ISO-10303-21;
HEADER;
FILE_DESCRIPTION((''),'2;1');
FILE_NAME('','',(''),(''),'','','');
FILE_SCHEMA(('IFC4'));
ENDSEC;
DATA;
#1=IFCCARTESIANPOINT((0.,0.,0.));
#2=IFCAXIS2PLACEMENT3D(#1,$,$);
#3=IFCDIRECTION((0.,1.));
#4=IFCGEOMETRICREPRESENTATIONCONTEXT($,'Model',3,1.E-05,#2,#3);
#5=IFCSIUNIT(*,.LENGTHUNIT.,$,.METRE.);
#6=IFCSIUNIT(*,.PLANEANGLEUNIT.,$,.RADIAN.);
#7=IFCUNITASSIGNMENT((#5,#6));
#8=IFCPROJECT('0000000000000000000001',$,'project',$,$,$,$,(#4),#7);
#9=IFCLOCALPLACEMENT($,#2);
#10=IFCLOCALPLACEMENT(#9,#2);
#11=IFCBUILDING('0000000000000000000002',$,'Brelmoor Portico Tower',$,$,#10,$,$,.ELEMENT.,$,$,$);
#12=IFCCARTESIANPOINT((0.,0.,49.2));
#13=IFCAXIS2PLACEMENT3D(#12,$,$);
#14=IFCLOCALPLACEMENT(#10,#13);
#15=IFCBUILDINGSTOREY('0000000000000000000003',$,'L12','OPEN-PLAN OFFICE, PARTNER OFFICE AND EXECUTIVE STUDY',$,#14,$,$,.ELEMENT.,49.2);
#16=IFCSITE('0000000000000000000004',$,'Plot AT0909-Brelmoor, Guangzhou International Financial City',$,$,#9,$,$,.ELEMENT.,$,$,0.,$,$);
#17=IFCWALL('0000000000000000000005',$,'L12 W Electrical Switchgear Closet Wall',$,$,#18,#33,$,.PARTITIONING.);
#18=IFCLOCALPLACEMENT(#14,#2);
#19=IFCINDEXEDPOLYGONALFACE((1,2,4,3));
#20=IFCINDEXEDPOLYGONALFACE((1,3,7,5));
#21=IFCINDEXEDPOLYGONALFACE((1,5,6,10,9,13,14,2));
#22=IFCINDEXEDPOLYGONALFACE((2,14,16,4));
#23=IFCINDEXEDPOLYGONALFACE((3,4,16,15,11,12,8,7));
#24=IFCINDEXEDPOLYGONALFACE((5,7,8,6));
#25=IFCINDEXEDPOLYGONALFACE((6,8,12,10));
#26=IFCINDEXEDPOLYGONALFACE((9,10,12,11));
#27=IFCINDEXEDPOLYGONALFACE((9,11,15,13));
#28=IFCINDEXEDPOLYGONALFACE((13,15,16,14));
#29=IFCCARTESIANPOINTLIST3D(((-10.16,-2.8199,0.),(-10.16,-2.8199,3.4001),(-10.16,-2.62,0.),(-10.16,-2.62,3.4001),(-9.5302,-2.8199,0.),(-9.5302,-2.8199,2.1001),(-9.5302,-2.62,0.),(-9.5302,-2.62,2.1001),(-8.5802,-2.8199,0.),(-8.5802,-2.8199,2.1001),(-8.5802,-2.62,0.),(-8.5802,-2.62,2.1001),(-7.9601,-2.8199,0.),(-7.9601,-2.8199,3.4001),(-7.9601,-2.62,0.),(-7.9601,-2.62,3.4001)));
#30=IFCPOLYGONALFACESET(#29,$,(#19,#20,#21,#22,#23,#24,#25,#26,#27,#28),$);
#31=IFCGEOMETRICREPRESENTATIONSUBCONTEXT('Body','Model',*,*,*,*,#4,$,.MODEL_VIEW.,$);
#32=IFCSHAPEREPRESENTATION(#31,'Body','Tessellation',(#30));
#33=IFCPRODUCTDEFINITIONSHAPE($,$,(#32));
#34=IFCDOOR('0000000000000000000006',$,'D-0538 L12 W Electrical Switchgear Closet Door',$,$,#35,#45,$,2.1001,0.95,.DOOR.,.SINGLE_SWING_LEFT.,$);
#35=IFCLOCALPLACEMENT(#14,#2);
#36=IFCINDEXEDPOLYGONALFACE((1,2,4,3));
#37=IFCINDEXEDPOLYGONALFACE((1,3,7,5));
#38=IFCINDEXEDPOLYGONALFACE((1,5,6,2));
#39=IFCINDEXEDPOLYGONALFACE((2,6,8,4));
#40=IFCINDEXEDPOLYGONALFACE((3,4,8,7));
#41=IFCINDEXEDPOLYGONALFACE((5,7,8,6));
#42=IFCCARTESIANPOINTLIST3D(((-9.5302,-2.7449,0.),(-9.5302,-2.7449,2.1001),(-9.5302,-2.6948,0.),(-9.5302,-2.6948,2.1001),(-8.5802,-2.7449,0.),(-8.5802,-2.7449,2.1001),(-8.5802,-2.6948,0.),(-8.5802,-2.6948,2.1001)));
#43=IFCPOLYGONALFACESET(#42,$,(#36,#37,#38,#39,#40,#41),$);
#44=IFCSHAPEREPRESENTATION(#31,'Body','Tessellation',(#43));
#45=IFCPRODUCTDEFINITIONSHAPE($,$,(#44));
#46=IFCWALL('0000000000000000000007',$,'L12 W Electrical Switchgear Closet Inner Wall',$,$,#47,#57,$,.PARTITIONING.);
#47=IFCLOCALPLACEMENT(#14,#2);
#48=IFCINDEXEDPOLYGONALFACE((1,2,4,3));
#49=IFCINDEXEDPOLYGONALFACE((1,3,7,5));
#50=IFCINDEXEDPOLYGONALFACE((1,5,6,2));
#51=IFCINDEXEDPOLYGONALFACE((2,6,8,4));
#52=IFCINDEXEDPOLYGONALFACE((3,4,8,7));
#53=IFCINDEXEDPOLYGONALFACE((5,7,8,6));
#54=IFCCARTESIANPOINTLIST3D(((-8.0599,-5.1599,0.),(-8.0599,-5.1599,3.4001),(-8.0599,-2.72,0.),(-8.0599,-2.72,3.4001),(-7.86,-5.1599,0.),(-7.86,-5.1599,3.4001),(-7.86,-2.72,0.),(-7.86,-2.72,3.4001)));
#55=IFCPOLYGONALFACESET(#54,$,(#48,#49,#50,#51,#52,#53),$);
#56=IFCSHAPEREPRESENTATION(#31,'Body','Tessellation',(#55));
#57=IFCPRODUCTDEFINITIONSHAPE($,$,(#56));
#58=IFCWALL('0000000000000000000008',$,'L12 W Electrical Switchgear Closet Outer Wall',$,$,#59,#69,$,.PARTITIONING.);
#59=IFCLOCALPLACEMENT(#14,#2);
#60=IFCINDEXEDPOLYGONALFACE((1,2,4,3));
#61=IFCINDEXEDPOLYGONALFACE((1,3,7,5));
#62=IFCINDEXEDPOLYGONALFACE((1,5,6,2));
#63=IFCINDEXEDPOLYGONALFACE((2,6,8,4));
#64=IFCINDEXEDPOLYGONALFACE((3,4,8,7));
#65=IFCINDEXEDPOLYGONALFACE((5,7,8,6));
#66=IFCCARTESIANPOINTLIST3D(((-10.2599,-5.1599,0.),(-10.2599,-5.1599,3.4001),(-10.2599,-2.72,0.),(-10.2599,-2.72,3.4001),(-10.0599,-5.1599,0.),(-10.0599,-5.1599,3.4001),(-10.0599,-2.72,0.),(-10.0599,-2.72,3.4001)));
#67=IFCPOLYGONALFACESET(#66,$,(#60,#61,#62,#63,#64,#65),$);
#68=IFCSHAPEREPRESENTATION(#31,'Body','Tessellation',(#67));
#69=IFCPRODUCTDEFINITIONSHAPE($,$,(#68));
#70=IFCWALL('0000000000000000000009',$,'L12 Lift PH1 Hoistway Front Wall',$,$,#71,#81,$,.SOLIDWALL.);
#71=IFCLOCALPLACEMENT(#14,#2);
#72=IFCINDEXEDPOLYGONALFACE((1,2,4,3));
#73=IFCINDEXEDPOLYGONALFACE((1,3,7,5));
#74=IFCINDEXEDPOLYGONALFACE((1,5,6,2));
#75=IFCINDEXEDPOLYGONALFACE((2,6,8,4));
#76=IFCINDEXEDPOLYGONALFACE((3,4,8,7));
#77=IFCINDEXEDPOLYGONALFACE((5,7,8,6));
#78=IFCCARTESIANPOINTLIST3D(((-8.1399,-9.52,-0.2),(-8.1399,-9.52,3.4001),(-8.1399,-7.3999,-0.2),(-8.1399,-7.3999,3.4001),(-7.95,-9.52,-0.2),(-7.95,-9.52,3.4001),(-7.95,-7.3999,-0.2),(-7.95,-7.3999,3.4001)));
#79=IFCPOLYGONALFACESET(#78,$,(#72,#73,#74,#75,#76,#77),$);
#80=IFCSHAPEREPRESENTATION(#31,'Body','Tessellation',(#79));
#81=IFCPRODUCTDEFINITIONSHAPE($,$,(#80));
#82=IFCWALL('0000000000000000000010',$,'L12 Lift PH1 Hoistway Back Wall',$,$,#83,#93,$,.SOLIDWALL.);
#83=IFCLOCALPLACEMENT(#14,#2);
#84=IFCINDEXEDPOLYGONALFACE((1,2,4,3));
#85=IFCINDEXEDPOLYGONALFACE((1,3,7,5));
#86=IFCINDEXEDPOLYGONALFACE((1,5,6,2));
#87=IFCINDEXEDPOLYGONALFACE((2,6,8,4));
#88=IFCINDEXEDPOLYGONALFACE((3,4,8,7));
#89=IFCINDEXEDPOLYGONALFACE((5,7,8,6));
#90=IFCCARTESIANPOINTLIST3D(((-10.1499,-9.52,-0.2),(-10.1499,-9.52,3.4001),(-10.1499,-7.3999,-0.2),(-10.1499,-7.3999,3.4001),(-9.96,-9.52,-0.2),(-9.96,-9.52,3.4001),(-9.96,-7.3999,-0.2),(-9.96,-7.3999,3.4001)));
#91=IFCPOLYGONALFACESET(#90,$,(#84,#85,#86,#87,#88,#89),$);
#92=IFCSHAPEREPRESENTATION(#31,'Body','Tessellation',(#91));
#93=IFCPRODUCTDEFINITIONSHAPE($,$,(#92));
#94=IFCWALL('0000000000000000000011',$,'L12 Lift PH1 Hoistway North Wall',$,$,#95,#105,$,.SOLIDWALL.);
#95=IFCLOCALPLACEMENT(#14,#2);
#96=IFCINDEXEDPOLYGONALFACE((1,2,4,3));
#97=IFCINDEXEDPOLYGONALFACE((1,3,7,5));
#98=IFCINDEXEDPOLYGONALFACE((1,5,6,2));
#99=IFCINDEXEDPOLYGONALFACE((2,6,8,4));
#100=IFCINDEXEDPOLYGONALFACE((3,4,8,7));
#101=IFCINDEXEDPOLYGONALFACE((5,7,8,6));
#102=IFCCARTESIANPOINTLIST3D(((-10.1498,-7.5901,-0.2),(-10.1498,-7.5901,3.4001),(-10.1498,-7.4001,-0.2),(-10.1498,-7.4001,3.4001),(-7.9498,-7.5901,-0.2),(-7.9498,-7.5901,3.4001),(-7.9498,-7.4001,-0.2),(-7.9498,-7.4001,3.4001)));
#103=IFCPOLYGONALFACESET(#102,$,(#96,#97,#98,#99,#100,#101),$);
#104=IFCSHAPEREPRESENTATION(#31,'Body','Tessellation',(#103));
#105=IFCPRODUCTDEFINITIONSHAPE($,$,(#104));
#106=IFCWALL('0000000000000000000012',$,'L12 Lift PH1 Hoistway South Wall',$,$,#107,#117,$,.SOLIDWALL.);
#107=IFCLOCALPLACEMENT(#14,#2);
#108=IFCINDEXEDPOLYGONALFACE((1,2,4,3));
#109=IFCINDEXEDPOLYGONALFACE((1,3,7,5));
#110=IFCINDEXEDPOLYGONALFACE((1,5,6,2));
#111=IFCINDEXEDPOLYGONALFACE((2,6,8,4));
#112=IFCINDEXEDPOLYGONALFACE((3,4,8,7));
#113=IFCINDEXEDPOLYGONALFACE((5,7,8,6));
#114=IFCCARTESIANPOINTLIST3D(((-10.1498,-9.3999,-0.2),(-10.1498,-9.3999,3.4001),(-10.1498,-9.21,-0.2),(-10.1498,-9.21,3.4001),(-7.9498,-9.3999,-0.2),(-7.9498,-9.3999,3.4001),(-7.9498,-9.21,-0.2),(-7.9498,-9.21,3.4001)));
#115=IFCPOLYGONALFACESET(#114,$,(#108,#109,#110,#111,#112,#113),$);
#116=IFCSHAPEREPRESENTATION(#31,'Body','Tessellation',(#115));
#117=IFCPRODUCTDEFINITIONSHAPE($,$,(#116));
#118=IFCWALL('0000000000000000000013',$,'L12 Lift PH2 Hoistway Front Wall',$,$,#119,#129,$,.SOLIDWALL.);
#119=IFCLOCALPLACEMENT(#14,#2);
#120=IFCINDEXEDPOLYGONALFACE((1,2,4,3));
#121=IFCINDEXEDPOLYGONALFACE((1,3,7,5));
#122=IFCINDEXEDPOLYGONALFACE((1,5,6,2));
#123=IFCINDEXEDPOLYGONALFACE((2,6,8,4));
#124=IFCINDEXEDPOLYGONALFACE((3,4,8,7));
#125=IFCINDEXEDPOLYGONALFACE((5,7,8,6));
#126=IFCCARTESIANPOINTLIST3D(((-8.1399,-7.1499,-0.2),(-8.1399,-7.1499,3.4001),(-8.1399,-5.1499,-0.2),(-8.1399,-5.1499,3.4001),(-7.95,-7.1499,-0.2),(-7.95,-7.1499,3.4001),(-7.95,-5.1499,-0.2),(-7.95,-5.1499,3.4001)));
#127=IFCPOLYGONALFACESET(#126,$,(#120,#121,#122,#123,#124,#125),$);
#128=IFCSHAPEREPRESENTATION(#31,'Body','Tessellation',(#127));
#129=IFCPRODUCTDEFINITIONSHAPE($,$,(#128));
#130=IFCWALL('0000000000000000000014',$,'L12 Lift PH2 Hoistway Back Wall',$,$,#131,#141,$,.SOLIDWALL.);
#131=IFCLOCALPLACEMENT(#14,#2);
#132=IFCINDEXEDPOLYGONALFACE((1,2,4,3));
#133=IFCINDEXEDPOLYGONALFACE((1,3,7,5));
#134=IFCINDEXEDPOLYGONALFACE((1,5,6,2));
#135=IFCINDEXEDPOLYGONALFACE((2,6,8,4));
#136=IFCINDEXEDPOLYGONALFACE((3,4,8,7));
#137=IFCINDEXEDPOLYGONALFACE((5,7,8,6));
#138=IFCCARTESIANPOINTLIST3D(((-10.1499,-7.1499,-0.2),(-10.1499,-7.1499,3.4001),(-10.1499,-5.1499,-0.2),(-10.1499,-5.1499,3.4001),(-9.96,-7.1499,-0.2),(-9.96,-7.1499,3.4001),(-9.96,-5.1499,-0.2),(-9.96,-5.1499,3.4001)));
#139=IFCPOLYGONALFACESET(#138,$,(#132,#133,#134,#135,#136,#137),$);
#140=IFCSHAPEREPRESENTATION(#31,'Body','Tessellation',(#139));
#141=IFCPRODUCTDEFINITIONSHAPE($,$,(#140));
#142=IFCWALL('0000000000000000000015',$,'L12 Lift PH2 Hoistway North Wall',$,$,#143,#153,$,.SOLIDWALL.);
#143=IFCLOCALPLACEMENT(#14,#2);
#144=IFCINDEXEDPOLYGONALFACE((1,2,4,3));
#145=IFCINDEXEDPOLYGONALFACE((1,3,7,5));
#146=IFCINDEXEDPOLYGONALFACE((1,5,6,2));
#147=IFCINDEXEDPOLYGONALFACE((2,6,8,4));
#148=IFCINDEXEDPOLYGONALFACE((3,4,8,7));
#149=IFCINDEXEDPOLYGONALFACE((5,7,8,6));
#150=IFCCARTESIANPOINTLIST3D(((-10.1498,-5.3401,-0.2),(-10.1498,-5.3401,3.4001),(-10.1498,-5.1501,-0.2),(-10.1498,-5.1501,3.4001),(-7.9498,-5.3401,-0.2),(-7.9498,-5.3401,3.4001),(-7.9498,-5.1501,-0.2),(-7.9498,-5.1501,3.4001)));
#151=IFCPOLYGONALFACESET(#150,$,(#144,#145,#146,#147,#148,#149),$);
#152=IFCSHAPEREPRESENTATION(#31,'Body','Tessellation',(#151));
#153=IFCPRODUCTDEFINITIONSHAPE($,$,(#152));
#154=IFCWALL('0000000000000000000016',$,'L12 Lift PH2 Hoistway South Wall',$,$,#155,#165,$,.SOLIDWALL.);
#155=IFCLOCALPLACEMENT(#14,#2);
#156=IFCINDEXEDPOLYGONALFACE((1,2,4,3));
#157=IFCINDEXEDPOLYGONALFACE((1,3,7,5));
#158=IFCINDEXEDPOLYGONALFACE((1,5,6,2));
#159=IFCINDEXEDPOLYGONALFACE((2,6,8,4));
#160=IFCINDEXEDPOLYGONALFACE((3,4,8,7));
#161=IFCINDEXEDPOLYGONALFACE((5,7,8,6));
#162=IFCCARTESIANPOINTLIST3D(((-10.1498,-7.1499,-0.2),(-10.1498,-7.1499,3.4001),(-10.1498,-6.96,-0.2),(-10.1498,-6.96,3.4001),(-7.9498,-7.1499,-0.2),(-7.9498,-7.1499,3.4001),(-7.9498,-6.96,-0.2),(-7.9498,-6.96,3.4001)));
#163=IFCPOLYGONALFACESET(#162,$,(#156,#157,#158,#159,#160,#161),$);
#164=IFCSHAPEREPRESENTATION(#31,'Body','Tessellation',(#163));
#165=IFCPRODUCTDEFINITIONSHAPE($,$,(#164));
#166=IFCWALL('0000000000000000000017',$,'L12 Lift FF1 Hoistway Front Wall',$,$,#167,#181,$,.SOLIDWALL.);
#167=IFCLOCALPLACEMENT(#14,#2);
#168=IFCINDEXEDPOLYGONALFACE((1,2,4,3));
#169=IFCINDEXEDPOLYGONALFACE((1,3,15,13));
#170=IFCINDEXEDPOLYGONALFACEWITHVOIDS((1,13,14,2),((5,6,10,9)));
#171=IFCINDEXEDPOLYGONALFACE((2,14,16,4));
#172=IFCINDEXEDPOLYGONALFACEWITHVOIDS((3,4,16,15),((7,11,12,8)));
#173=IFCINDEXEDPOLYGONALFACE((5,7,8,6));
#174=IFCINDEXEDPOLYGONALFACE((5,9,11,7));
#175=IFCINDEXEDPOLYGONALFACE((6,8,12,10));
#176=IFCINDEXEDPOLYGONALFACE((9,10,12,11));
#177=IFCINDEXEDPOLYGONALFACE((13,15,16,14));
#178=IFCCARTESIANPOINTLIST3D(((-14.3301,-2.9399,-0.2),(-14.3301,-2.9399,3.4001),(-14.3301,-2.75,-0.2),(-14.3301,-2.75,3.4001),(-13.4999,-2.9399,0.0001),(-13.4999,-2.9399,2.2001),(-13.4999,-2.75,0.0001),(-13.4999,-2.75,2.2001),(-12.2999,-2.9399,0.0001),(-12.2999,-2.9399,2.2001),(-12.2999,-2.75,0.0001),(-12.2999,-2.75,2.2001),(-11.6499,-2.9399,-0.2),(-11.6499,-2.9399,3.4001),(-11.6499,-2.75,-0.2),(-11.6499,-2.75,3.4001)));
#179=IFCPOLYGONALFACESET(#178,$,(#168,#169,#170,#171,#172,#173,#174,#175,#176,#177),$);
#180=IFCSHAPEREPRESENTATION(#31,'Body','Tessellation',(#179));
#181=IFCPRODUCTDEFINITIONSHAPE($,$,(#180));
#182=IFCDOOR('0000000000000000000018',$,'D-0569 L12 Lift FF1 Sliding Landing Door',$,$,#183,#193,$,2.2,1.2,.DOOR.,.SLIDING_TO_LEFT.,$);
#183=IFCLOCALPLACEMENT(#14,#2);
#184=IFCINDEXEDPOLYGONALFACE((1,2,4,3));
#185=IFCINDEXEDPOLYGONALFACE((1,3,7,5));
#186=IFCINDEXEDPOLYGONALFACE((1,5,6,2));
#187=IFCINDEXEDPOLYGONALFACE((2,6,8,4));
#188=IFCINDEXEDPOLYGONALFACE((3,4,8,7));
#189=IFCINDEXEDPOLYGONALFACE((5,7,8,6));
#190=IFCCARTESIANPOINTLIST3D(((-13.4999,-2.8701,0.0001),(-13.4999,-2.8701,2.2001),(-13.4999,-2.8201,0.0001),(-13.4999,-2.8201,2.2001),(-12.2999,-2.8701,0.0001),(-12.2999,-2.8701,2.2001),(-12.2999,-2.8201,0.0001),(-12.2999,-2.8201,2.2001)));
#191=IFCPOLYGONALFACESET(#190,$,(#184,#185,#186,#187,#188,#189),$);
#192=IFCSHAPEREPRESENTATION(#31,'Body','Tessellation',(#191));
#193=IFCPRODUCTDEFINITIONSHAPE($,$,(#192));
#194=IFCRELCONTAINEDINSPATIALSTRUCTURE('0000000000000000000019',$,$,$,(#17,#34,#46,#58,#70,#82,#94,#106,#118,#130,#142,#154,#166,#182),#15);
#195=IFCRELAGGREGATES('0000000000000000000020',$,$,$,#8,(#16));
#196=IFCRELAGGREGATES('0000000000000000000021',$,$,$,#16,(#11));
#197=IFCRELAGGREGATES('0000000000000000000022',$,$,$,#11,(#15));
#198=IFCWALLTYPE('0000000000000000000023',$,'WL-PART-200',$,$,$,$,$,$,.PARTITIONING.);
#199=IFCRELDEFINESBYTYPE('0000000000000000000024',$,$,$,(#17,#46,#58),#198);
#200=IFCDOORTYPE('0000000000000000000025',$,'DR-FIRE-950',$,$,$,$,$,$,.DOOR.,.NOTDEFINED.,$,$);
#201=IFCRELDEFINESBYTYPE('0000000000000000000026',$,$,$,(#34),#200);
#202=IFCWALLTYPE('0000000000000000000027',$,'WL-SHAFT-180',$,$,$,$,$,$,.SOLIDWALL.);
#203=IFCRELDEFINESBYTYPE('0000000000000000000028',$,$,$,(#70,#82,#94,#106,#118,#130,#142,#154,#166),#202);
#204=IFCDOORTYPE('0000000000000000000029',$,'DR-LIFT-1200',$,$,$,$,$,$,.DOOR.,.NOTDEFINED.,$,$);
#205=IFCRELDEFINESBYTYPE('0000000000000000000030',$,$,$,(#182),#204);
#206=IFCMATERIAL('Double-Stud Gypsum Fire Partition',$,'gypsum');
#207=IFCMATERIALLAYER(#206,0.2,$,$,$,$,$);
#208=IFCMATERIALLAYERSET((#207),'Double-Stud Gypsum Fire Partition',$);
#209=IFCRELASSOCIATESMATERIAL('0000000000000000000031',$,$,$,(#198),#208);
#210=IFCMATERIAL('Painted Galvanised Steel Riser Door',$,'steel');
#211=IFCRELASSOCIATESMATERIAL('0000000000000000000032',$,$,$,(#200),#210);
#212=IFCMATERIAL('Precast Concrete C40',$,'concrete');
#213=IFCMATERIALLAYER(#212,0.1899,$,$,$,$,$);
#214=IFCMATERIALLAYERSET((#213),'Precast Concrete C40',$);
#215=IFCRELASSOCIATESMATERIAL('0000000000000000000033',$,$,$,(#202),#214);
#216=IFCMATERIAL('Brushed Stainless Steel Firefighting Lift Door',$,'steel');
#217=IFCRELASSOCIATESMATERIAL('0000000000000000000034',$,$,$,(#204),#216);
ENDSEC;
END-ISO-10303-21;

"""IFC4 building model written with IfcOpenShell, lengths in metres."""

from ifc_helpers import new_model, si_unit, direction, frame, frame_2d, origin, place, context, subcontext, project, spatial, rectangle, extrude, material, layer, layer_set, type_object, element, fill, save


model = new_model("IFC4")

# Units and contexts
model_context = context("Model", 3, precision=1e-05, world=origin(), true_north=direction((0.0, 1.0)))
body_context = subcontext(model_context, "Body", "Model", "MODEL_VIEW")
ifc_project = project(units=[si_unit("LENGTHUNIT", "METRE"), si_unit("PLANEANGLEUNIT", "RADIAN")], contexts=[model_context])

# Site, building, storey
site_placement = place(None, origin())
site = spatial("IfcSite", under=ifc_project, at=site_placement, Name="Plot AT0909-Brelmoor, Guangzhou International Financial City", CompositionType="ELEMENT", RefElevation=0.0)
building_placement = place(site_placement, origin())
building = spatial("IfcBuilding", under=site, at=building_placement, Name="Brelmoor Portico Tower", CompositionType="ELEMENT")
storey_placement = place(building_placement, frame((0.0, 0.0, 49.2)))
storey = spatial("IfcBuildingStorey", under=building, at=storey_placement, Name="L12", Description="OPEN-PLAN OFFICE, PARTNER OFFICE AND EXECUTIVE STUDY", CompositionType="ELEMENT", Elevation=49.2)

# Shared definitions
ifc_material_1 = material(Name="Double-Stud Gypsum Fire Partition", Category="gypsum")
ifc_layer_1 = layer(ifc_material_1, 0.2)
ifc_layer_set_1 = layer_set([ifc_layer_1], Name="Double-Stud Gypsum Fire Partition")
wall_type_1 = type_object("IfcWallType", Name="WL-PART-200", PredefinedType="PARTITIONING", material=ifc_layer_set_1)

# Wall, opening, door
wall_1_placement = place(storey_placement, frame((-7.96, -2.72, 0.0), z_axis=(0.0, 0.0, 1.0), x_axis=(-1.0, 0.0, 0.0)))
wall_1 = element("IfcWall", 1, at=wall_1_placement, inside=storey, type_object=wall_type_1, Name="L12 W Electrical Switchgear Closet Wall", PredefinedType="PARTITIONING", context=body_context, shape_type="SweptSolid", body=[
    extrude(rectangle(XDim=2.2, YDim=0.2, at=frame_2d((1.1001, 0.0))), origin(), (0.0, 0.0, 1.0), 3.4001),
])
opening_1_placement = place(wall_1_placement, frame((0.6201, 0.0, 0.0)))
opening_1 = element("IfcOpeningElement", 2, at=opening_1_placement, cuts=wall_1, PredefinedType="OPENING", context=body_context, shape_type="SweptSolid", body=[
    extrude(rectangle(XDim=0.95, YDim=2.1001, at=frame_2d((0.4751, 1.05))), frame((0.0, 0.1099, 0.0), z_axis=(0.0, -1.0, 0.0), x_axis=(1.0, 0.0, 0.0)), (0.0, 0.0, 1.0), 0.22),
])
ifc_material_2 = material(Name="Painted Galvanised Steel Riser Door", Category="steel")
door_type_1 = type_object("IfcDoorType", Name="DR-FIRE-950", OperationType="NOTDEFINED", PredefinedType="DOOR", material=ifc_material_2)
door_1_placement = place(opening_1_placement, origin())
door_1 = element("IfcDoor", 3, at=door_1_placement, inside=storey, type_object=door_type_1, Name="D-0538 L12 W Electrical Switchgear Closet Door", OperationType="SINGLE_SWING_LEFT", OverallHeight=2.1001, OverallWidth=0.95, PredefinedType="DOOR", context=body_context, shape_type="SweptSolid", body=[
    extrude(rectangle(XDim=0.95, YDim=2.1001, at=frame_2d((0.4751, 1.05))), frame((0.0, 0.0249, 0.0), z_axis=(0.0, -1.0, 0.0), x_axis=(1.0, 0.0, 0.0)), (0.0, 0.0, 1.0), 0.05),
])
fill(opening_1, door_1)

# Walls
for number, where, z_axis, x_axis, name in (
    (4, (-7.96, -5.1599, 0.0), (0.0, 0.0, 1.0), (0.0, 1.0, 0.0), "L12 W Electrical Switchgear Closet Inner Wall"),
    (5, (-10.1599, -5.1599, 0.0), (0.0, 0.0, 1.0), (0.0, 1.0, 0.0), "L12 W Electrical Switchgear Closet Outer Wall"),
):
    element("IfcWall", number, at=place(storey_placement, frame(where, z_axis=z_axis, x_axis=x_axis)), inside=storey, type_object=wall_type_1, Name=name, PredefinedType="PARTITIONING", context=body_context, shape_type="SweptSolid", body=[
        extrude(rectangle(XDim=2.4399, YDim=0.2, at=frame_2d((1.22, 0.0))), origin(), (0.0, 0.0, 1.0), 3.4001),
    ])
ifc_material_3 = material(Name="Precast Concrete C40", Category="concrete")
ifc_layer_2 = layer(ifc_material_3, 0.1899)
ifc_layer_set_2 = layer_set([ifc_layer_2], Name="Precast Concrete C40")
wall_type_2 = type_object("IfcWallType", Name="WL-SHAFT-180", PredefinedType="SOLIDWALL", material=ifc_layer_set_2)
for number, where, z_axis, x_axis, name in (
    (6, (-8.0449, -9.52, -0.2), (0.0, 0.0, 1.0), (0.0, 1.0, 0.0), "L12 Lift PH1 Hoistway Front Wall"),
    (7, (-10.0549, -9.52, -0.2), (0.0, 0.0, 1.0), (0.0, 1.0, 0.0), "L12 Lift PH1 Hoistway Back Wall"),
):
    element("IfcWall", number, at=place(storey_placement, frame(where, z_axis=z_axis, x_axis=x_axis)), inside=storey, type_object=wall_type_2, Name=name, PredefinedType="SOLIDWALL", context=body_context, shape_type="SweptSolid", body=[
        extrude(rectangle(XDim=2.1201, YDim=0.1899, at=frame_2d((1.0601, 0.0))), origin(), (0.0, 0.0, 1.0), 3.6001),
    ])
for number, where, z_axis, x_axis, name in (
    (8, (-10.1499, -7.4951, -0.2), (0.0, 0.0, 1.0), (1.0, 0.0, 0.0), "L12 Lift PH1 Hoistway North Wall"),
    (9, (-10.1499, -9.3049, -0.2), (0.0, 0.0, 1.0), (1.0, 0.0, 0.0), "L12 Lift PH1 Hoistway South Wall"),
):
    element("IfcWall", number, at=place(storey_placement, frame(where, z_axis=z_axis, x_axis=x_axis)), inside=storey, type_object=wall_type_2, Name=name, PredefinedType="SOLIDWALL", context=body_context, shape_type="SweptSolid", body=[
        extrude(rectangle(XDim=2.2, YDim=0.1899, at=frame_2d((1.1001, 0.0))), origin(), (0.0, 0.0, 1.0), 3.6001),
    ])
for number, where, z_axis, x_axis, name in (
    (10, (-8.0449, -7.1499, -0.2), (0.0, 0.0, 1.0), (0.0, 1.0, 0.0), "L12 Lift PH2 Hoistway Front Wall"),
    (11, (-10.0549, -7.1499, -0.2), (0.0, 0.0, 1.0), (0.0, 1.0, 0.0), "L12 Lift PH2 Hoistway Back Wall"),
):
    element("IfcWall", number, at=place(storey_placement, frame(where, z_axis=z_axis, x_axis=x_axis)), inside=storey, type_object=wall_type_2, Name=name, PredefinedType="SOLIDWALL", context=body_context, shape_type="SweptSolid", body=[
        extrude(rectangle(XDim=2.0, YDim=0.1899, at=frame_2d((1.0, 0.0))), origin(), (0.0, 0.0, 1.0), 3.6001),
    ])
for number, where, z_axis, x_axis, name in (
    (12, (-10.1499, -5.2451, -0.2), (0.0, 0.0, 1.0), (1.0, 0.0, 0.0), "L12 Lift PH2 Hoistway North Wall"),
    (13, (-10.1499, -7.0549, -0.2), (0.0, 0.0, 1.0), (1.0, 0.0, 0.0), "L12 Lift PH2 Hoistway South Wall"),
):
    element("IfcWall", number, at=place(storey_placement, frame(where, z_axis=z_axis, x_axis=x_axis)), inside=storey, type_object=wall_type_2, Name=name, PredefinedType="SOLIDWALL", context=body_context, shape_type="SweptSolid", body=[
        extrude(rectangle(XDim=2.2, YDim=0.1899, at=frame_2d((1.1001, 0.0))), origin(), (0.0, 0.0, 1.0), 3.6001),
    ])

# Wall, opening, door
wall_2_placement = place(storey_placement, frame((-14.3301, -2.845, -0.2), z_axis=(0.0, 0.0, 1.0), x_axis=(1.0, 0.0, 0.0)))
wall_2 = element("IfcWall", 14, at=wall_2_placement, inside=storey, type_object=wall_type_2, Name="L12 Lift FF1 Hoistway Front Wall", PredefinedType="SOLIDWALL", context=body_context, shape_type="SweptSolid", body=[
    extrude(rectangle(XDim=2.6802, YDim=0.1899, at=frame_2d((1.3401, 0.0))), origin(), (0.0, 0.0, 1.0), 3.6001),
])
opening_2_placement = place(wall_2_placement, frame((0.8301, 0.0, 0.2)))
opening_2 = element("IfcOpeningElement", 15, at=opening_2_placement, cuts=wall_2, PredefinedType="OPENING", context=body_context, shape_type="SweptSolid", body=[
    extrude(rectangle(XDim=1.2, YDim=2.2, at=frame_2d((0.6001, 1.1001))), frame((0.0, 0.105, 0.0), z_axis=(0.0, -1.0, 0.0), x_axis=(1.0, 0.0, 0.0)), (0.0, 0.0, 1.0), 0.21),
])
ifc_material_4 = material(Name="Brushed Stainless Steel Firefighting Lift Door", Category="steel")
door_type_2 = type_object("IfcDoorType", Name="DR-LIFT-1200", OperationType="NOTDEFINED", PredefinedType="DOOR", material=ifc_material_4)
door_2_placement = place(opening_2_placement, origin())
door_2 = element("IfcDoor", 16, at=door_2_placement, inside=storey, type_object=door_type_2, Name="D-0569 L12 Lift FF1 Sliding Landing Door", OperationType="SLIDING_TO_LEFT", OverallHeight=2.2, OverallWidth=1.2, PredefinedType="DOOR", context=body_context, shape_type="SweptSolid", body=[
    extrude(rectangle(XDim=1.2, YDim=2.2, at=frame_2d((0.6001, 1.1001))), frame((0.0, 0.0249, 0.0), z_axis=(0.0, -1.0, 0.0), x_axis=(1.0, 0.0, 0.0)), (0.0, 0.0, 1.0), 0.05),
])
fill(opening_2, door_2)

save(model, "model.ifc")
